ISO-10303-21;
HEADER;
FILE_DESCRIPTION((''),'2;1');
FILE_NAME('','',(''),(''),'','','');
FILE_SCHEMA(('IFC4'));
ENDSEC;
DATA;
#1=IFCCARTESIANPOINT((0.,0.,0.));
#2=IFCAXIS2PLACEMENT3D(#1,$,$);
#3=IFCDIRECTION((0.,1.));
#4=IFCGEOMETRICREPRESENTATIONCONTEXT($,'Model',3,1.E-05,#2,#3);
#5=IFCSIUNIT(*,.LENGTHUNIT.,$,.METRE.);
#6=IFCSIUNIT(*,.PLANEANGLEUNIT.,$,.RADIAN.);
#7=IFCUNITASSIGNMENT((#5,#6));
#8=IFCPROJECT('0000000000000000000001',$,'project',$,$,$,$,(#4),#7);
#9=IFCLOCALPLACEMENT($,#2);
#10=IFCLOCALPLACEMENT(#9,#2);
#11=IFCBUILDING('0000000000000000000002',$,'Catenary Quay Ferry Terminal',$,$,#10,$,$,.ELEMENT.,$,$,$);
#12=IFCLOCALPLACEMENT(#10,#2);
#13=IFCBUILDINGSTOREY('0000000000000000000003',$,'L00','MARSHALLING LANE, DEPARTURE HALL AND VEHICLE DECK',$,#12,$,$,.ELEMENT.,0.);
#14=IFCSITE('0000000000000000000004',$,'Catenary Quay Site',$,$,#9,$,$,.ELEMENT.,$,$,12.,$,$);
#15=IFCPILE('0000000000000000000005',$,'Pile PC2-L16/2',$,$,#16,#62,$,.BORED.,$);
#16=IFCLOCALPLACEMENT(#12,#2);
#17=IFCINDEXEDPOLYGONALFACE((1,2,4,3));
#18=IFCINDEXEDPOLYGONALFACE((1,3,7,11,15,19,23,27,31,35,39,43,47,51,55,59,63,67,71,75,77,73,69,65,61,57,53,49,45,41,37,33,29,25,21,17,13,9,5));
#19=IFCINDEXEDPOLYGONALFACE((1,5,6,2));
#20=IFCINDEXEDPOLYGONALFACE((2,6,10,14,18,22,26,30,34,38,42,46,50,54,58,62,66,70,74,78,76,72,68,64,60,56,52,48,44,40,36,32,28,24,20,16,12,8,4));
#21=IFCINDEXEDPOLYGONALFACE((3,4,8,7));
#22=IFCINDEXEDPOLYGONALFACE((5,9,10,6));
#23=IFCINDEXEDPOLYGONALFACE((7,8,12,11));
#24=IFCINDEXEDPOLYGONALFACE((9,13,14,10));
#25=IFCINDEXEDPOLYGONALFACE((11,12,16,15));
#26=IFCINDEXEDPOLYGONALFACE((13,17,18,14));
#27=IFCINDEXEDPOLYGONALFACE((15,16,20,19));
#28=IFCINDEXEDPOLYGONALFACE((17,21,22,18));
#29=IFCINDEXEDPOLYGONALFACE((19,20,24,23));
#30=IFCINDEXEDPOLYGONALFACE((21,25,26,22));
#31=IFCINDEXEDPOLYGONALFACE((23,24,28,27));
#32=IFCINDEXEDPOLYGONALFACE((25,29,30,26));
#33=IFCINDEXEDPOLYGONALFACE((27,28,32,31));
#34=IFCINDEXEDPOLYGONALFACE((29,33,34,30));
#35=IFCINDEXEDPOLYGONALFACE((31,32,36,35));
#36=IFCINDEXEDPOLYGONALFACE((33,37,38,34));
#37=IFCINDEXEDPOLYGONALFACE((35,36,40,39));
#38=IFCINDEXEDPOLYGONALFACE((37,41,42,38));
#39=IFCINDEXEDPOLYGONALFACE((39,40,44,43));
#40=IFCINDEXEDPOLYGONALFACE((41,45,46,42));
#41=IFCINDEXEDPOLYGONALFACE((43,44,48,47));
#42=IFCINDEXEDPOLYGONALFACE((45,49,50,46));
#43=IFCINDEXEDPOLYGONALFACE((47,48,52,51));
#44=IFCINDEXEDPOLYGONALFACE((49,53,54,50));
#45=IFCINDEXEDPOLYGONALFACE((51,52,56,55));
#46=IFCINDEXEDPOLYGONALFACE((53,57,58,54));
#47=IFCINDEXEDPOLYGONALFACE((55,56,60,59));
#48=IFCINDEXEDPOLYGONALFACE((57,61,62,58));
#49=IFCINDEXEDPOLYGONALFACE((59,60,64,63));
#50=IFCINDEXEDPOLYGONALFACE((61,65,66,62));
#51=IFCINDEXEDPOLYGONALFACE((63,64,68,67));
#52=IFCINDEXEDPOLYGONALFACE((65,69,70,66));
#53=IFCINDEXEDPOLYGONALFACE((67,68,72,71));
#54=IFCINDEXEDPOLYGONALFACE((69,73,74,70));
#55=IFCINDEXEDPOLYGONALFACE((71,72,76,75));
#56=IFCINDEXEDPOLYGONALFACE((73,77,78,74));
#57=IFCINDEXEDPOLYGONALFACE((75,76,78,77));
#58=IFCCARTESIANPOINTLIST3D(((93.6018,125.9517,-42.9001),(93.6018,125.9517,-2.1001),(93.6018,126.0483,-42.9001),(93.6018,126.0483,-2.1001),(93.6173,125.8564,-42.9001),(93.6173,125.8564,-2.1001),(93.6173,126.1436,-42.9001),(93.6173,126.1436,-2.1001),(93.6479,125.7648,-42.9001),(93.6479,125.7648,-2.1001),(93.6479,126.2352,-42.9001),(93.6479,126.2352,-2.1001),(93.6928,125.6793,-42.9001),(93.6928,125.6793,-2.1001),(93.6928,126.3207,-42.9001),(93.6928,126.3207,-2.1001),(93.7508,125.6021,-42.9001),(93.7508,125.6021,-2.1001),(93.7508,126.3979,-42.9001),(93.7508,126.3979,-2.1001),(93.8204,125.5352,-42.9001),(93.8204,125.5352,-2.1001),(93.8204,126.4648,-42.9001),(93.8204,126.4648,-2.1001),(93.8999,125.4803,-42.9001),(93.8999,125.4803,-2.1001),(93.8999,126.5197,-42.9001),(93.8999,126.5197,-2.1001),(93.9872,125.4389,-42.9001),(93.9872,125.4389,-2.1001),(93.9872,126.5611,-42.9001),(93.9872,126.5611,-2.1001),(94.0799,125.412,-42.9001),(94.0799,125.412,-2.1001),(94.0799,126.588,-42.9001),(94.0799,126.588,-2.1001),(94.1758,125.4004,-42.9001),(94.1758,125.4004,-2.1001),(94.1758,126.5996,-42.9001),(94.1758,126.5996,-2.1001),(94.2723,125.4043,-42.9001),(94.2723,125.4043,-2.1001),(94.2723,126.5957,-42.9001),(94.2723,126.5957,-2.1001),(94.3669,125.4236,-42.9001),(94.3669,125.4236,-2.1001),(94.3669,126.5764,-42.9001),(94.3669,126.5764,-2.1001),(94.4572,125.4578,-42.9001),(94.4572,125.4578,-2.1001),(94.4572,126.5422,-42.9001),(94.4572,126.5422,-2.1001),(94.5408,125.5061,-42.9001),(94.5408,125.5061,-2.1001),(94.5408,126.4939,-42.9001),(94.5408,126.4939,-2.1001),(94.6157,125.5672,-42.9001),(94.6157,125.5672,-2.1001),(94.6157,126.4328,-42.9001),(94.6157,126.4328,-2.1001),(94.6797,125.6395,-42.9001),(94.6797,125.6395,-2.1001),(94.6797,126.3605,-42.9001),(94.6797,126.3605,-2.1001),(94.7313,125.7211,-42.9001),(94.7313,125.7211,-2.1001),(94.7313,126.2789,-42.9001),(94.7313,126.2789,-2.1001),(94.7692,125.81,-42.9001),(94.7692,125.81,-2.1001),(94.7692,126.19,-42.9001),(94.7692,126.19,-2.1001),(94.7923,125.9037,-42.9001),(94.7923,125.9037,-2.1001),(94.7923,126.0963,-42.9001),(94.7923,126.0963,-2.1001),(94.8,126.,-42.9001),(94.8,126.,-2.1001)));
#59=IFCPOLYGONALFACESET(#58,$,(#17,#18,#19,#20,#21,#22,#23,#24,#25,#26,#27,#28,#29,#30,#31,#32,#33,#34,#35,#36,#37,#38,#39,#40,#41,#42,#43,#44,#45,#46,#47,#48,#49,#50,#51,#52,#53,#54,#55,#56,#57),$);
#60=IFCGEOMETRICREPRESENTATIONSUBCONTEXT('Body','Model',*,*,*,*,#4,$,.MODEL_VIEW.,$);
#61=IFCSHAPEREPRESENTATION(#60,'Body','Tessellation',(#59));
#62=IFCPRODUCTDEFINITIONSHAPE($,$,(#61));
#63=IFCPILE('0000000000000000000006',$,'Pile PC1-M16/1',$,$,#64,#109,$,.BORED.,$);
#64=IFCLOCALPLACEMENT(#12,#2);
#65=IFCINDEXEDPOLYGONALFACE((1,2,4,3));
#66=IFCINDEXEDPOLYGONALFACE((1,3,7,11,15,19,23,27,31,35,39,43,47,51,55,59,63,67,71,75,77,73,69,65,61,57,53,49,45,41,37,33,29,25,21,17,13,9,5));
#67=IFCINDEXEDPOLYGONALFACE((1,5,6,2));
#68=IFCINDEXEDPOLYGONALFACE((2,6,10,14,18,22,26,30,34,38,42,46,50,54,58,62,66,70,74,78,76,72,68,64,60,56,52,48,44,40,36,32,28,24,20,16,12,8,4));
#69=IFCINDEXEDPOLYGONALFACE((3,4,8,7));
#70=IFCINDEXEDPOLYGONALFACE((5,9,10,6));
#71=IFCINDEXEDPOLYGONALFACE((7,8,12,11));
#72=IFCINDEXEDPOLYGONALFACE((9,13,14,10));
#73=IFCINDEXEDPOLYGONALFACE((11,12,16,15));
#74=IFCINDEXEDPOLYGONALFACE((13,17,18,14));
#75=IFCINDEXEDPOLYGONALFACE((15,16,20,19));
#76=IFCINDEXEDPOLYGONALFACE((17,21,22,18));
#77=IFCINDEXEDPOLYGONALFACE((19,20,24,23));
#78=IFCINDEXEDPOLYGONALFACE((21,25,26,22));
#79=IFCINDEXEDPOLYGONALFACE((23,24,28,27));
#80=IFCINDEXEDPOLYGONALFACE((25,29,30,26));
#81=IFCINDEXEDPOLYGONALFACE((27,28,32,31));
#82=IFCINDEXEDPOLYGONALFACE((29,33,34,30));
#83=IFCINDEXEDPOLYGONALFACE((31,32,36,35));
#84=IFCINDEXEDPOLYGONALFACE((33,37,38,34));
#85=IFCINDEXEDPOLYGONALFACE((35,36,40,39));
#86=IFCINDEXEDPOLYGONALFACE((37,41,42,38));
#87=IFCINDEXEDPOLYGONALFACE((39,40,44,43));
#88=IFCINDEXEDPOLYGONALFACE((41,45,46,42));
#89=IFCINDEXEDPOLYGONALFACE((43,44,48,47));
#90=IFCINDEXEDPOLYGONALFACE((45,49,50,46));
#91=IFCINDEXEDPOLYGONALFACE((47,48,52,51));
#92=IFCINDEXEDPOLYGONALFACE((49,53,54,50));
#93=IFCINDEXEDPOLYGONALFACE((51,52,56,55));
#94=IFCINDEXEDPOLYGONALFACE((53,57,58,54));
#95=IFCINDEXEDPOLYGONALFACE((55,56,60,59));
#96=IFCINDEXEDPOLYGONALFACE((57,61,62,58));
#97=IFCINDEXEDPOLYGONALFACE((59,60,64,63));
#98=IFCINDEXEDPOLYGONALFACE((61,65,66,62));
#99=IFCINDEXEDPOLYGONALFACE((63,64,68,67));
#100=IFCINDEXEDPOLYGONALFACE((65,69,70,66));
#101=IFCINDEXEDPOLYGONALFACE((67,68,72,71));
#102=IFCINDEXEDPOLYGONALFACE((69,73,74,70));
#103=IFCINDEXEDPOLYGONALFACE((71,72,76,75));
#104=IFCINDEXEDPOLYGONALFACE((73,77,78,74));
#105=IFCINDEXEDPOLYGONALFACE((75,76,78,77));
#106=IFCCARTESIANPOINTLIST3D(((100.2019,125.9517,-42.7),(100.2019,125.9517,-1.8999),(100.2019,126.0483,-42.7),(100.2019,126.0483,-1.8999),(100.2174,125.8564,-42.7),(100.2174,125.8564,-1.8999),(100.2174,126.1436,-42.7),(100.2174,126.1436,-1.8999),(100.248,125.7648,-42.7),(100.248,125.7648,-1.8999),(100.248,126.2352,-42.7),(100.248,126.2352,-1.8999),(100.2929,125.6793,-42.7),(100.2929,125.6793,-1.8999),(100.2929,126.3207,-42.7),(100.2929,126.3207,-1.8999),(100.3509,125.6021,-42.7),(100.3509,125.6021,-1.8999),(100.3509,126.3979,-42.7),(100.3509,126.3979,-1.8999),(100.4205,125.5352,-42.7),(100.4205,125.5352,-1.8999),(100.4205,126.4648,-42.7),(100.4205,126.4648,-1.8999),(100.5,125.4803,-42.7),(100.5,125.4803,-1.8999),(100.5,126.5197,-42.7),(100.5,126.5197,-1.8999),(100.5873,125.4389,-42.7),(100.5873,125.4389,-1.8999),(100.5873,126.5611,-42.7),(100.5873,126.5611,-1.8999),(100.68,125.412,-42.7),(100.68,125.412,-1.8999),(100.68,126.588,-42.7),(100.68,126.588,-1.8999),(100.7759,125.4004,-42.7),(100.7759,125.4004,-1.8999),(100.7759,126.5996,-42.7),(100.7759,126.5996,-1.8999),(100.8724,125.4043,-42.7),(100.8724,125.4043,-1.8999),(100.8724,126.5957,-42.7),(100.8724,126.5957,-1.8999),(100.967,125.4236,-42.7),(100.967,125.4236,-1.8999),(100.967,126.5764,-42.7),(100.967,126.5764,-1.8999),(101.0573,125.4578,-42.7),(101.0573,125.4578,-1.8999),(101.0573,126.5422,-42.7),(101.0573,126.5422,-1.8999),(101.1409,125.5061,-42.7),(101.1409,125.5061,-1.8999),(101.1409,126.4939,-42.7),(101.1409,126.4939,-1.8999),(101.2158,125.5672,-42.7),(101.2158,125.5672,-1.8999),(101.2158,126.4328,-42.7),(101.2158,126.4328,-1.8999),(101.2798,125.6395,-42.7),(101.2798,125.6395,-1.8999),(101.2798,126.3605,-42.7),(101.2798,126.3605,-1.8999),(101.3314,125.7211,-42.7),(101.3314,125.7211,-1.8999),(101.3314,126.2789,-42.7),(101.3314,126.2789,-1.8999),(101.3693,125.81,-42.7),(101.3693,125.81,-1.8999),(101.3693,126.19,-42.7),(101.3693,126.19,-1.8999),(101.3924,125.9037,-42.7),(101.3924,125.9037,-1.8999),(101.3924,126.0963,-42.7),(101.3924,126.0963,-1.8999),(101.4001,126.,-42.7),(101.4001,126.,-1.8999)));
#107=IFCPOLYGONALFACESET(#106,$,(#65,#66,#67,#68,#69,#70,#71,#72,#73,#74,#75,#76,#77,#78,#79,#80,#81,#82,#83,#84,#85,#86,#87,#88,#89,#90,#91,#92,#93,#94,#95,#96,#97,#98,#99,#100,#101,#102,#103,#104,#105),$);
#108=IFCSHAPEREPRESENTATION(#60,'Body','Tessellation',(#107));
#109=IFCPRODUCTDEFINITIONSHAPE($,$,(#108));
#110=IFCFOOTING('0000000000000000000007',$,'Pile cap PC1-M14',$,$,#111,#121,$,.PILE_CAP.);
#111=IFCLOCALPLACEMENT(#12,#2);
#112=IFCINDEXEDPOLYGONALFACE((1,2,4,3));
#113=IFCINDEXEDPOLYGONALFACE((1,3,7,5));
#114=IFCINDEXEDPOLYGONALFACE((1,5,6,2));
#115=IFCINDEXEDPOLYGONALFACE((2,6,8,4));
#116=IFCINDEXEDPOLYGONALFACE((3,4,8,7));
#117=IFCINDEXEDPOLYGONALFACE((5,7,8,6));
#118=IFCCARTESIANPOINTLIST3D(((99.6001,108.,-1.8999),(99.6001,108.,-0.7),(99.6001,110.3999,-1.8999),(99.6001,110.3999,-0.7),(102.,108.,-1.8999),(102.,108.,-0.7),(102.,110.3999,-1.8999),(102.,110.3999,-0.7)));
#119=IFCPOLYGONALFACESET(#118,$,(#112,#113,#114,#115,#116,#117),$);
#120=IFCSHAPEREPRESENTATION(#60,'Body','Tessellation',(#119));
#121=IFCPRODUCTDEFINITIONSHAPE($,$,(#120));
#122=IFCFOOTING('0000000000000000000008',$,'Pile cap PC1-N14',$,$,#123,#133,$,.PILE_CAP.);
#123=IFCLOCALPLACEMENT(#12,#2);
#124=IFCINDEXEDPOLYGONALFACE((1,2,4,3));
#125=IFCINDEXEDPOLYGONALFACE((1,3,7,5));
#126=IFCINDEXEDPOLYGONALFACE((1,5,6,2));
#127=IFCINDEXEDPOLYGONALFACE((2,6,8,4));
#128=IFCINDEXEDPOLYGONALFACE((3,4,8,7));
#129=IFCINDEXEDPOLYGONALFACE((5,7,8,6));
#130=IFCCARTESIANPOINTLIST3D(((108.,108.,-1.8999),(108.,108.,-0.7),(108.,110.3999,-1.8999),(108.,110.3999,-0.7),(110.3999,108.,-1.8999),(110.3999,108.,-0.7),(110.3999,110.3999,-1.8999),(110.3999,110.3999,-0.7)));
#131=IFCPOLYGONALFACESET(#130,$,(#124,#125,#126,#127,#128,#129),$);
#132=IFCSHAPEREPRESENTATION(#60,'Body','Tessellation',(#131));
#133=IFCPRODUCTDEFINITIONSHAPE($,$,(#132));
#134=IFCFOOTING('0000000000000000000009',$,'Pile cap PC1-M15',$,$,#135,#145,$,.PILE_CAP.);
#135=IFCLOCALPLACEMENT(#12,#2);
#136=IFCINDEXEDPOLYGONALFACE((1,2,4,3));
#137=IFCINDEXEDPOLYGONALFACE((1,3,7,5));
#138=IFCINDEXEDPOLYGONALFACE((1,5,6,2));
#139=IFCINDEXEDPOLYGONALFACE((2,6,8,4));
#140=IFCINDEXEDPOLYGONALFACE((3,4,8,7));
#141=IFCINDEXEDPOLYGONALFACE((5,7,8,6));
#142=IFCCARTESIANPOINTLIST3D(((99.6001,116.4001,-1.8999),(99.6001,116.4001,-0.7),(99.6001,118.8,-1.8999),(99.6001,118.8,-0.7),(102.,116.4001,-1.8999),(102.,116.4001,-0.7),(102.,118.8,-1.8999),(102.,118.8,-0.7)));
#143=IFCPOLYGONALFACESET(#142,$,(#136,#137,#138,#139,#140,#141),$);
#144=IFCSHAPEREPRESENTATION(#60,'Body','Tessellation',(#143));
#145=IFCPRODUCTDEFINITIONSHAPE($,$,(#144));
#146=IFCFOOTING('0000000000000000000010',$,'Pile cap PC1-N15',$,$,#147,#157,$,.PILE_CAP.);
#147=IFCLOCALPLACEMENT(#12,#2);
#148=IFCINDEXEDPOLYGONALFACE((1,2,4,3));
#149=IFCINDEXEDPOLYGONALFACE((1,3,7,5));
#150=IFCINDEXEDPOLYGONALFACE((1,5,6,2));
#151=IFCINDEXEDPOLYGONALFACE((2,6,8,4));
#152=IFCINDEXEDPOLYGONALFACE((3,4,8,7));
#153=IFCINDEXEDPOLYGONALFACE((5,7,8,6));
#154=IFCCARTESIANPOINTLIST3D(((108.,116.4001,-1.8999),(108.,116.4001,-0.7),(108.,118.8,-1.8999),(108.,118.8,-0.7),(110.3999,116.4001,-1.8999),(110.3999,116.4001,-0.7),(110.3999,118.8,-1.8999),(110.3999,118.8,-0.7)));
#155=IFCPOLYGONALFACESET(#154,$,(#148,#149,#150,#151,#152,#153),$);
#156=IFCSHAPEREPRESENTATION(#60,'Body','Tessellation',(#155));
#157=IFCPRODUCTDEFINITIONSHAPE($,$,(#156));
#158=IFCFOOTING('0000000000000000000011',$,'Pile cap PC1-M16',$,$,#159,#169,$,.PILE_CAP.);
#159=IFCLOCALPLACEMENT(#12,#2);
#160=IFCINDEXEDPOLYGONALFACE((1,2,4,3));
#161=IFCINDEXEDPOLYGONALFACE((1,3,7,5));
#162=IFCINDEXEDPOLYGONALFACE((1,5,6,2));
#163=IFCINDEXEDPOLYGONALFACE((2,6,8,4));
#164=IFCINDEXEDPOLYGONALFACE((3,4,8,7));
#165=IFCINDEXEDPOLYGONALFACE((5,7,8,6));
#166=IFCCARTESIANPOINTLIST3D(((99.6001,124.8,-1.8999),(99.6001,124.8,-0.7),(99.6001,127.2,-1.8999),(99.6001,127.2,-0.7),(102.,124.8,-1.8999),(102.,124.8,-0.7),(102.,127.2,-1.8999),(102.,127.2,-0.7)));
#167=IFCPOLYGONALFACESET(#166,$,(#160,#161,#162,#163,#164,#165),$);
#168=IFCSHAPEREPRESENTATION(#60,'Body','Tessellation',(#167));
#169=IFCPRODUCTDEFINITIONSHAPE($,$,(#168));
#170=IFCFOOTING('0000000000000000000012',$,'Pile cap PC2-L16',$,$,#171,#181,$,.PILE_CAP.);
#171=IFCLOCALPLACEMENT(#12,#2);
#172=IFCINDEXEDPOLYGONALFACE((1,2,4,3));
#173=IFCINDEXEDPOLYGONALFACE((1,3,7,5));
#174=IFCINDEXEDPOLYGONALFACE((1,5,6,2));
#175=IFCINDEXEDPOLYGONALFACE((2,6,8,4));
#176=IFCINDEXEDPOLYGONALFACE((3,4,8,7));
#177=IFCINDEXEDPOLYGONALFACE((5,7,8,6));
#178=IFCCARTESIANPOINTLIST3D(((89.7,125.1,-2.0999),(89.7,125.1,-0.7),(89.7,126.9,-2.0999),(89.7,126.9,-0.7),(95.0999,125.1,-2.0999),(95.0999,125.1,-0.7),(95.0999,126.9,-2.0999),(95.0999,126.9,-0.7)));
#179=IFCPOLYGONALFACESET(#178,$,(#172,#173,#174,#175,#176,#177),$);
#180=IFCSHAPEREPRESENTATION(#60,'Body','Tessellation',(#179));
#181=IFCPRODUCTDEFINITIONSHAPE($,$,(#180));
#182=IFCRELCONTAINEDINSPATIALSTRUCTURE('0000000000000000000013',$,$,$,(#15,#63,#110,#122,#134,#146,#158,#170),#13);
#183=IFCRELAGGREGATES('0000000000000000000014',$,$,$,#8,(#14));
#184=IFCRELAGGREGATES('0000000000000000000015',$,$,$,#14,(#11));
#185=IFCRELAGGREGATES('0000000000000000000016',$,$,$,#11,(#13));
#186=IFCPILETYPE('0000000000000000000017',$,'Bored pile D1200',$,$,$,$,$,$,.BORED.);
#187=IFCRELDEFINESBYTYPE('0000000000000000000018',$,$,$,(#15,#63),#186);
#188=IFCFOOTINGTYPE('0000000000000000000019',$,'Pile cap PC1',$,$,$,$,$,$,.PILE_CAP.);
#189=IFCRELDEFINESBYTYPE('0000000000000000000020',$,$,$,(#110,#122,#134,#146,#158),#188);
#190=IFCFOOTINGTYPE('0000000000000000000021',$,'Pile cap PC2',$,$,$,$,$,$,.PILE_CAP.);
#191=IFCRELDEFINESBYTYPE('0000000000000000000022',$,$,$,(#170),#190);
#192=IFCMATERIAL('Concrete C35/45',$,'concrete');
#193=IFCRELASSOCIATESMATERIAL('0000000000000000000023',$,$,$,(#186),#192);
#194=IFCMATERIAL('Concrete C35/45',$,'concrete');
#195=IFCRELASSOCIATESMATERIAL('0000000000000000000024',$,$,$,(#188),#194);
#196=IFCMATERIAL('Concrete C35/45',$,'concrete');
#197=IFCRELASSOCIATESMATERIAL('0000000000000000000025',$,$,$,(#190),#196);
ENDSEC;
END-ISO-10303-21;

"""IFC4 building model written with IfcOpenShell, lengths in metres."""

from ifc_helpers import new_model, si_unit, direction, frame, origin, origin_2d, place, context, subcontext, project, spatial, rectangle, circle, extrude, material, material_profile, profile_set, type_object, element, save


model = new_model("IFC4")

# Units and contexts
model_context = context("Model", 3, precision=1e-05, world=origin(), true_north=direction((0.0, 1.0)))
body_context = subcontext(model_context, "Body", "Model", "MODEL_VIEW")
ifc_project = project(units=[si_unit("LENGTHUNIT", "METRE"), si_unit("PLANEANGLEUNIT", "RADIAN")], contexts=[model_context])

# Site, building, storey
site_placement = place(None, origin())
site = spatial("IfcSite", under=ifc_project, at=site_placement, Name="Catenary Quay Site", CompositionType="ELEMENT", RefElevation=12.0)
building_placement = place(site_placement, origin())
building = spatial("IfcBuilding", under=site, at=building_placement, Name="Catenary Quay Ferry Terminal", CompositionType="ELEMENT")
storey_placement = place(building_placement, origin())
storey = spatial("IfcBuildingStorey", under=building, at=storey_placement, Name="L00", Description="MARSHALLING LANE, DEPARTURE HALL AND VEHICLE DECK", CompositionType="ELEMENT", Elevation=0.0)

# Piles
ifc_material_1 = material(Name="Concrete C35/45", Category="concrete")
ifc_material_profile_1 = material_profile(ifc_material_1, circle(Radius=0.6001, at=origin_2d()), Name="D1200")
ifc_profile_set_1 = profile_set([ifc_material_profile_1], Name="Concrete C35/45")
pile_type = type_object("IfcPileType", Name="Bored pile D1200", PredefinedType="BORED", material=ifc_profile_set_1)
for number, where, z_axis, x_axis, name in (
    (1, (94.2, 126.0, -2.1001), (0.0, 0.0, -1.0), (1.0, 0.0, 0.0), "Pile PC2-L16/2"),
    (2, (100.8, 126.0, -1.8999), (0.0, 0.0, -1.0), (1.0, 0.0, 0.0), "Pile PC1-M16/1"),
):
    element("IfcPile", number, at=place(storey_placement, frame(where, z_axis=z_axis, x_axis=x_axis)), inside=storey, type_object=pile_type, Name=name, PredefinedType="BORED", context=body_context, shape_type="SweptSolid", body=[
        extrude(circle(Radius=0.6001, at=origin_2d()), origin(), (0.0, 0.0, 1.0), 40.8),
    ])

# Footings
ifc_material_2 = material(Name="Concrete C35/45", Category="concrete")
footing_type_1 = type_object("IfcFootingType", Name="Pile cap PC1", PredefinedType="PILE_CAP", material=ifc_material_2)
for number, where, z_axis, x_axis, name in (
    (3, (100.8, 109.2, -1.8999), (0.0, 0.0, 1.0), (1.0, 0.0, 0.0), "Pile cap PC1-M14"),
    (4, (109.2, 109.2, -1.8999), (0.0, 0.0, 1.0), (1.0, 0.0, 0.0), "Pile cap PC1-N14"),
    (5, (100.8, 117.6001, -1.8999), (0.0, 0.0, 1.0), (1.0, 0.0, 0.0), "Pile cap PC1-M15"),
    (6, (109.2, 117.6001, -1.8999), (0.0, 0.0, 1.0), (1.0, 0.0, 0.0), "Pile cap PC1-N15"),
    (7, (100.8, 126.0, -1.8999), (0.0, 0.0, 1.0), (1.0, 0.0, 0.0), "Pile cap PC1-M16"),
):
    element("IfcFooting", number, at=place(storey_placement, frame(where, z_axis=z_axis, x_axis=x_axis)), inside=storey, type_object=footing_type_1, Name=name, PredefinedType="PILE_CAP", context=body_context, shape_type="SweptSolid", body=[
        extrude(rectangle(XDim=2.3999, YDim=2.3999, at=origin_2d()), origin(), (0.0, 0.0, 1.0), 1.2),
    ])
ifc_material_3 = material(Name="Concrete C35/45", Category="concrete")
footing_type_2 = type_object("IfcFootingType", Name="Pile cap PC2", PredefinedType="PILE_CAP", material=ifc_material_3)
footing_placement = place(storey_placement, frame((92.3999, 126.0, -2.0999), z_axis=(0.0, 0.0, 1.0), x_axis=(1.0, 0.0, 0.0)))
element("IfcFooting", 8, at=footing_placement, inside=storey, type_object=footing_type_2, Name="Pile cap PC2-L16", PredefinedType="PILE_CAP", context=body_context, shape_type="SweptSolid", body=[
    extrude(rectangle(XDim=5.3999, YDim=1.8, at=origin_2d()), origin(), (0.0, 0.0, 1.0), 1.3999),
])

save(model, "model.ifc")
